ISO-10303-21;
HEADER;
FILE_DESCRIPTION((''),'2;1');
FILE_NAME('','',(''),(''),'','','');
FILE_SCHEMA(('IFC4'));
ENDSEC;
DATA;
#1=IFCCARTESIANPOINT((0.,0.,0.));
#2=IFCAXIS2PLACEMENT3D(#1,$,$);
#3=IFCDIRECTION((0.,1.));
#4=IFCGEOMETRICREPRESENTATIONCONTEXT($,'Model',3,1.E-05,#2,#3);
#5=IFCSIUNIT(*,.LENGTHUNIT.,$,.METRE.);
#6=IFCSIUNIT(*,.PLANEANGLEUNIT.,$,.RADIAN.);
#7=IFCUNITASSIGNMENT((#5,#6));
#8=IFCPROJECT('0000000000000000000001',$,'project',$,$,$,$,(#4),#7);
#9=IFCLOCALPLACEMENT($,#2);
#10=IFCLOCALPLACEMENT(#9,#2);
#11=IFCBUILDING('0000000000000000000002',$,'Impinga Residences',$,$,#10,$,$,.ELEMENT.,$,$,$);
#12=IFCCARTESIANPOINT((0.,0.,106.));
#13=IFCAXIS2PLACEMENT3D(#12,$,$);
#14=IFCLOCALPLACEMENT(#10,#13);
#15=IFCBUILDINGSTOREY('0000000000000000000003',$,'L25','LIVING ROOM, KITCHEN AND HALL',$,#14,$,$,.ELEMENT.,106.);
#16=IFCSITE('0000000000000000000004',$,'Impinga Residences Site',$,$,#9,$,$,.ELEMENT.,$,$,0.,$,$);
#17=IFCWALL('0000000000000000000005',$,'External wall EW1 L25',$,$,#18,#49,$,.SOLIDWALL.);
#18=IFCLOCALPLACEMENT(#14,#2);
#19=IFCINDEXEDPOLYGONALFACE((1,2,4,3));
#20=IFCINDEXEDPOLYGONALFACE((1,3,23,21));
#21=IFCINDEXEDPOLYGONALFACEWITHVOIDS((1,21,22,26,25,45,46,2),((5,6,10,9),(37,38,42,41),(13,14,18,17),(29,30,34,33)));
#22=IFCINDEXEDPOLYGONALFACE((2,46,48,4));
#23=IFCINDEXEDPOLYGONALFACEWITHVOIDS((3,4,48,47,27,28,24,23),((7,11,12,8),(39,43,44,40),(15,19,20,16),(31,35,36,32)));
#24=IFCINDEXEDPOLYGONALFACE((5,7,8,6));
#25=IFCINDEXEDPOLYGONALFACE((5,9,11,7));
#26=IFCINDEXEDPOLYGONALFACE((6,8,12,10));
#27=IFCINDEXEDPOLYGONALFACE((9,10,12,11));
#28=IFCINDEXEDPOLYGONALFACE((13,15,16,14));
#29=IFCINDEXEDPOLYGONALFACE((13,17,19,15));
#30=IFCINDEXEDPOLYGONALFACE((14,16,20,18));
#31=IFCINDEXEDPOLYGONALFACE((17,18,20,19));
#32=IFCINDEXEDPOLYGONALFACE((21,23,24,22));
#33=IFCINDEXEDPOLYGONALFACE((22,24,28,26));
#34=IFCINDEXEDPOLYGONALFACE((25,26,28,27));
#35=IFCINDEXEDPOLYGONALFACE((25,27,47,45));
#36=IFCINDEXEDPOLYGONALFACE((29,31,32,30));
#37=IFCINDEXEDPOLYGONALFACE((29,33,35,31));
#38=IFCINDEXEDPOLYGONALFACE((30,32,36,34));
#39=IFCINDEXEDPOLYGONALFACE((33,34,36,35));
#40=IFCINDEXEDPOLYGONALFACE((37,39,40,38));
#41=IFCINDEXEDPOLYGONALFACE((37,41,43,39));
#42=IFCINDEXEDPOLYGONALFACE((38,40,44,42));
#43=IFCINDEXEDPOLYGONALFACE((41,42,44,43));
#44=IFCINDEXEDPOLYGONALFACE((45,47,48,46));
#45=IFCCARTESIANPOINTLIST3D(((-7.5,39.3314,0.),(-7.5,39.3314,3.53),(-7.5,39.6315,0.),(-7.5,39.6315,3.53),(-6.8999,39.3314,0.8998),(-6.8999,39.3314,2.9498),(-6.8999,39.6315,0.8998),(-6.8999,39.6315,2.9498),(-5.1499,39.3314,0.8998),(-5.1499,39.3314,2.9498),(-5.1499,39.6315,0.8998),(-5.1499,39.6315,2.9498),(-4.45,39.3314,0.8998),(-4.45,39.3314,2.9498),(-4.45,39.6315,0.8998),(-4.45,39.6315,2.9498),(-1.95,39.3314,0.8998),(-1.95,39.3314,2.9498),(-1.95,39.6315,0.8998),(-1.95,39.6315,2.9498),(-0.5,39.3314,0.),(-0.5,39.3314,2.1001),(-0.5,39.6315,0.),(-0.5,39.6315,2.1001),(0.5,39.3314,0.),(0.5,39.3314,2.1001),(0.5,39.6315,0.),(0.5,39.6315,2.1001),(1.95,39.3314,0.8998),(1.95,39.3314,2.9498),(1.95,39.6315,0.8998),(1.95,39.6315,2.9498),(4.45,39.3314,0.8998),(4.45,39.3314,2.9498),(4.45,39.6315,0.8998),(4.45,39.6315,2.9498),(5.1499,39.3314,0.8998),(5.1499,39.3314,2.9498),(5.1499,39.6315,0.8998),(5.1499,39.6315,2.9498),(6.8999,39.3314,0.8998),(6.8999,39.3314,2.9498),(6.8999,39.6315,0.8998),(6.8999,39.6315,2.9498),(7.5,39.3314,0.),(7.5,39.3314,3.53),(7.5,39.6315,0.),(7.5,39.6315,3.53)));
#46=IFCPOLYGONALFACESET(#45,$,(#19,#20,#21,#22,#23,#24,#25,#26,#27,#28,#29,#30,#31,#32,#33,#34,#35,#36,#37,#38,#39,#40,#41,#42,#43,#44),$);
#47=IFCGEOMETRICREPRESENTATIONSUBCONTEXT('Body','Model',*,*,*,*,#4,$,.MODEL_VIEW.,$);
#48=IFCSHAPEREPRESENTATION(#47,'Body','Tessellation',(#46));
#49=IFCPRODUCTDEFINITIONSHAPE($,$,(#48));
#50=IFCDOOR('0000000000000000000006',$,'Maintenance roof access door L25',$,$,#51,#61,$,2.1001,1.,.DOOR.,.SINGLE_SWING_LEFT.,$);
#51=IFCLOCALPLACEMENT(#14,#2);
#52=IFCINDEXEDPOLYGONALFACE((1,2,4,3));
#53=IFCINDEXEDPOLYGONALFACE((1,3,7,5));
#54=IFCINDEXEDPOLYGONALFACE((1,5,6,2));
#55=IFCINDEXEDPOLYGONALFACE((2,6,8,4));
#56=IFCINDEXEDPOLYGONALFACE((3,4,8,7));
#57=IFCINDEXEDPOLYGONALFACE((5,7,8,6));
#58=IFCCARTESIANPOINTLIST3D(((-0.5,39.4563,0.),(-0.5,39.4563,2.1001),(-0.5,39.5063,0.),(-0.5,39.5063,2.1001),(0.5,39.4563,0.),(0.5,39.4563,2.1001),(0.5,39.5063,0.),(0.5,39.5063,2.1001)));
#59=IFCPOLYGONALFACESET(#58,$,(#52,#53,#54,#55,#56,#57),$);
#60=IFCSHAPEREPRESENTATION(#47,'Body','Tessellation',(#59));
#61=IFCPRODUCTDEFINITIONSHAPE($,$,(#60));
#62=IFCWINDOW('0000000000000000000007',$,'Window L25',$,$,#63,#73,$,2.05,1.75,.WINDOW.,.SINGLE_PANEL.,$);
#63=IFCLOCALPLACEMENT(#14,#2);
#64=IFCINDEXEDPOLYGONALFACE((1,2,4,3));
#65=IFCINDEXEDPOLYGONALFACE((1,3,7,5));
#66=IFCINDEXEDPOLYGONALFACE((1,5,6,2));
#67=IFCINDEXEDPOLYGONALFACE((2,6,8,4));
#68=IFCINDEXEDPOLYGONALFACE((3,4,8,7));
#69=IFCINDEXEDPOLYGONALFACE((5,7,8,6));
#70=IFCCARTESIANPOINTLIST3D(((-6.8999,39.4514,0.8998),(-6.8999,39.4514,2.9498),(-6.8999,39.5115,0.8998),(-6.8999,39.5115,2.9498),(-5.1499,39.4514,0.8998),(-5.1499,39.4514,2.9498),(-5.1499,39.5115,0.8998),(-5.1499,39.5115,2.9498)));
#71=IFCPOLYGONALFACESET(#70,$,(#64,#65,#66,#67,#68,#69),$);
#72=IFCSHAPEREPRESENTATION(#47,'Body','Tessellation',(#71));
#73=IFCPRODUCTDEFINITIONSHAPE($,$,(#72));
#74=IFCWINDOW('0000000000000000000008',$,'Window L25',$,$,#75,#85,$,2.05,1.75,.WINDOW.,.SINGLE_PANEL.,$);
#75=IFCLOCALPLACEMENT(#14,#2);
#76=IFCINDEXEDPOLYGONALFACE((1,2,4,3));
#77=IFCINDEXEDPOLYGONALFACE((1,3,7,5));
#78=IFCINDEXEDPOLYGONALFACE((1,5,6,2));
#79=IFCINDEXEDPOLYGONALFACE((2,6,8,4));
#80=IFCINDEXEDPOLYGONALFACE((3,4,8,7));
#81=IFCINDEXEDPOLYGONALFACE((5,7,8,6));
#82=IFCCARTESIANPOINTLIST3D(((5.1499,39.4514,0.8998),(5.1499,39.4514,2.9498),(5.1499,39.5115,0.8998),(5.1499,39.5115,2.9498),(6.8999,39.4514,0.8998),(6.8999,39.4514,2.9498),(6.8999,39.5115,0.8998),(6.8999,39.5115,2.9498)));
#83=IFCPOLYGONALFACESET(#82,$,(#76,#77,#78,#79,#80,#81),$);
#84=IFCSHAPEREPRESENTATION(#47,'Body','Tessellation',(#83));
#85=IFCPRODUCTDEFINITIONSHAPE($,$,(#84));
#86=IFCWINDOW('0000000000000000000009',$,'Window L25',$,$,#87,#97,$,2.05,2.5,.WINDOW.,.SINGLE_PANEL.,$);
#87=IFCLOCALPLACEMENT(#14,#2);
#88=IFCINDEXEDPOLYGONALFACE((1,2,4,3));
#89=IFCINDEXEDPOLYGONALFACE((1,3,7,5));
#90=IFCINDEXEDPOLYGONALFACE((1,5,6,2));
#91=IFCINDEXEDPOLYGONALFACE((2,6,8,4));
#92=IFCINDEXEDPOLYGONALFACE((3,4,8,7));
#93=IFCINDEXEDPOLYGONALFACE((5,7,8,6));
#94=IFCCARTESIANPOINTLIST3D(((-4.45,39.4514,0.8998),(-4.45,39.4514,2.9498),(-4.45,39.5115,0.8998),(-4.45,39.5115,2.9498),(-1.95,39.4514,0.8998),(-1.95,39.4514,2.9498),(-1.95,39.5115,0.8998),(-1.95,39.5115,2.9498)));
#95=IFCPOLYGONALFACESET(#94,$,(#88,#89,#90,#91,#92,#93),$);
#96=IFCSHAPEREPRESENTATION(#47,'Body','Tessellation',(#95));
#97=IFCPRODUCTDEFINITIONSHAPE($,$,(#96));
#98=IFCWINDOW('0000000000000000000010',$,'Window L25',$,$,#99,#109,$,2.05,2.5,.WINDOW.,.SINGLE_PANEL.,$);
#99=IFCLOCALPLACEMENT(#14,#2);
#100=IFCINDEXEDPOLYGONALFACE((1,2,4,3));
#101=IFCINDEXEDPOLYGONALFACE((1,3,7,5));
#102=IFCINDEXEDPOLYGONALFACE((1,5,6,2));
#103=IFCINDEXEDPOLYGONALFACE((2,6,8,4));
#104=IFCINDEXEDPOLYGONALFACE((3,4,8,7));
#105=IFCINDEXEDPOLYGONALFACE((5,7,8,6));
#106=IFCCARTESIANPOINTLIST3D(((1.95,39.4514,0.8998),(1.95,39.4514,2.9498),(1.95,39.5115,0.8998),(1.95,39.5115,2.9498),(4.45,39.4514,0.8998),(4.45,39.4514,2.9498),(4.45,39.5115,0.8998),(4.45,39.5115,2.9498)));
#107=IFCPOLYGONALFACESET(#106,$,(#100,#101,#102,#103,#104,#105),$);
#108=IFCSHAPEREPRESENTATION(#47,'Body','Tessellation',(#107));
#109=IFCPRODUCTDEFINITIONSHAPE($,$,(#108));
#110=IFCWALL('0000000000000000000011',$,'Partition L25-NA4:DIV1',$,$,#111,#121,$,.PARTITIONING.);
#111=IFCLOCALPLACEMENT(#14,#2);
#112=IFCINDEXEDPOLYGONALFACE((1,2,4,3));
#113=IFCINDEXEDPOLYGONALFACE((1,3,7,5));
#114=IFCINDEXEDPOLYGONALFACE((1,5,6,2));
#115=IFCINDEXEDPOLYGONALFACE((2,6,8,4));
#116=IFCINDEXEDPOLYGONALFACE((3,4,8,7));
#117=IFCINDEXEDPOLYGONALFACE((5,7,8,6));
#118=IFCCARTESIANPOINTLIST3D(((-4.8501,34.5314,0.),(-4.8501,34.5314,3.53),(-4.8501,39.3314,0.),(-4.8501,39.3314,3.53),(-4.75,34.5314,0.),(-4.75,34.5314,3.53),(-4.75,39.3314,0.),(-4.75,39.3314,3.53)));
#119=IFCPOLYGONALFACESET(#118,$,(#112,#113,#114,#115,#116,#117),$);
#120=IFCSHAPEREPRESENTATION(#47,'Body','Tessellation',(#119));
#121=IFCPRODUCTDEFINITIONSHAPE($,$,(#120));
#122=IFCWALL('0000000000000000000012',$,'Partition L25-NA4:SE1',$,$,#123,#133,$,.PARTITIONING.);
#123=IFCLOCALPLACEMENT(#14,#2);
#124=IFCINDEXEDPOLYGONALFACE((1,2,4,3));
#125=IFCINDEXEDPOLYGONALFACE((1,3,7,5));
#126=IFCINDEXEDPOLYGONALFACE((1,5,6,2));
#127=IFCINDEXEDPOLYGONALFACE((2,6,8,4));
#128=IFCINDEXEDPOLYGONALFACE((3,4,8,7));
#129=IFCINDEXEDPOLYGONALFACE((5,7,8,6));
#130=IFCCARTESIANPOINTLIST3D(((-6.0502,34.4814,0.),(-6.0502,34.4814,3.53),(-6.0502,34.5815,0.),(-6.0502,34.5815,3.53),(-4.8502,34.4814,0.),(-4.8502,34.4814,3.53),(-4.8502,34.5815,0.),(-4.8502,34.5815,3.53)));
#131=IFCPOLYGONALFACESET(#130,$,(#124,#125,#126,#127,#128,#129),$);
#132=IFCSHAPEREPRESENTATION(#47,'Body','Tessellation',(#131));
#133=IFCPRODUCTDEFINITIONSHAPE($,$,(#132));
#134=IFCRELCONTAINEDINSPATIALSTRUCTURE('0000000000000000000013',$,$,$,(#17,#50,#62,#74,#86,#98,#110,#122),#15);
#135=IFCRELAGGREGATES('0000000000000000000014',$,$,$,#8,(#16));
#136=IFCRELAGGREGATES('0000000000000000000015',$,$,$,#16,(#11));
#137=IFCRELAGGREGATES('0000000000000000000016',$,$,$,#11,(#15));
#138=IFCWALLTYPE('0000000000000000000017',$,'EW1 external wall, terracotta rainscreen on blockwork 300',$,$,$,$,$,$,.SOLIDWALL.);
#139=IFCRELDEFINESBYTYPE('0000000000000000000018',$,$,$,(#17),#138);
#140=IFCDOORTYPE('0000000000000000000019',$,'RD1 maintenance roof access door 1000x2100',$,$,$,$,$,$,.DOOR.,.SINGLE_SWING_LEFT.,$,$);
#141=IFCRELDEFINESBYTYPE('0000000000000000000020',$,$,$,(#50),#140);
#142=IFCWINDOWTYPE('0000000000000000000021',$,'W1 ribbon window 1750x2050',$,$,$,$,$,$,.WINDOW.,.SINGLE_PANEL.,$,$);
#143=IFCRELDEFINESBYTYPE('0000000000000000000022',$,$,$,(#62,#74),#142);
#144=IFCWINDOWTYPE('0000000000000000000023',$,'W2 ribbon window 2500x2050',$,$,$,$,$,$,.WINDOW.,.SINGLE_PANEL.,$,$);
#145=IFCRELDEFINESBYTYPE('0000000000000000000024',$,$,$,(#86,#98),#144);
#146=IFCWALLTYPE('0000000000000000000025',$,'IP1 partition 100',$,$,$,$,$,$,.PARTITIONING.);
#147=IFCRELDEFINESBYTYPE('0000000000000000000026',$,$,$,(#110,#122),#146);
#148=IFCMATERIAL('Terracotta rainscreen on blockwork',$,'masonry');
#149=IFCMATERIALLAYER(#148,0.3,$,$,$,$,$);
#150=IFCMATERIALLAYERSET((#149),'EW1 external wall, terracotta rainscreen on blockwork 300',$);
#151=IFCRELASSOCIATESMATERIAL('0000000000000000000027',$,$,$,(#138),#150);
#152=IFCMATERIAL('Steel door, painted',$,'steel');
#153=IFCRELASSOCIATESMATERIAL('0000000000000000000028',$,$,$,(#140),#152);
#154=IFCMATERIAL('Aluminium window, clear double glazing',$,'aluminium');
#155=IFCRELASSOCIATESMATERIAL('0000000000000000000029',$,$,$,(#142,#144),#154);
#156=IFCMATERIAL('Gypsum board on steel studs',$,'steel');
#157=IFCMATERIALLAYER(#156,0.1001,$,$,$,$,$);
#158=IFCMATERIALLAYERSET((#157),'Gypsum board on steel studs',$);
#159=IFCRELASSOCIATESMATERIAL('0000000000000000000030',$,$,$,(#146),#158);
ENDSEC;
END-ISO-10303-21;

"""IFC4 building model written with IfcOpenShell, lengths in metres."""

from ifc_helpers import new_model, si_unit, direction, frame, frame_2d, origin, place, context, subcontext, project, spatial, rectangle, extrude, material, layer, layer_set, type_object, element, fill, save


model = new_model("IFC4")

# Units and contexts
model_context = context("Model", 3, precision=1e-05, world=origin(), true_north=direction((0.0, 1.0)))
body_context = subcontext(model_context, "Body", "Model", "MODEL_VIEW")
ifc_project = project(units=[si_unit("LENGTHUNIT", "METRE"), si_unit("PLANEANGLEUNIT", "RADIAN")], contexts=[model_context])

# Site, building, storey
site_placement = place(None, origin())
site = spatial("IfcSite", under=ifc_project, at=site_placement, Name="Impinga Residences Site", CompositionType="ELEMENT", RefElevation=0.0)
building_placement = place(site_placement, origin())
building = spatial("IfcBuilding", under=site, at=building_placement, Name="Impinga Residences", CompositionType="ELEMENT")
storey_placement = place(building_placement, frame((0.0, 0.0, 106.0)))
storey = spatial("IfcBuildingStorey", under=building, at=storey_placement, Name="L25", Description="LIVING ROOM, KITCHEN AND HALL", CompositionType="ELEMENT", Elevation=106.0)

# Shared definitions
ifc_material_1 = material(Name="Terracotta rainscreen on blockwork", Category="masonry")
ifc_layer_1 = layer(ifc_material_1, 0.3)
ifc_layer_set_1 = layer_set([ifc_layer_1], Name="EW1 external wall, terracotta rainscreen on blockwork 300")
wall_type_1 = type_object("IfcWallType", Name="EW1 external wall, terracotta rainscreen on blockwork 300", PredefinedType="SOLIDWALL", material=ifc_layer_set_1)

# Wall, openings, door, windows
wall_1_placement = place(storey_placement, frame((-7.5, 39.4814, 0.0), z_axis=(0.0, 0.0, 1.0), x_axis=(1.0, 0.0, 0.0)))
wall_1 = element("IfcWall", 1, at=wall_1_placement, inside=storey, type_object=wall_type_1, Name="External wall EW1 L25", PredefinedType="SOLIDWALL", context=body_context, shape_type="SweptSolid", body=[
    extrude(rectangle(XDim=15.0, YDim=0.3, at=frame_2d((7.5, 0.0))), origin(), (0.0, 0.0, 1.0), 3.53),
])
opening_1_placement = place(wall_1_placement, frame((7.0, 0.0, 0.0)))
opening_1 = element("IfcOpeningElement", 2, at=opening_1_placement, cuts=wall_1, PredefinedType="OPENING", context=body_context, shape_type="SweptSolid", body=[
    extrude(rectangle(XDim=1.0, YDim=2.1001, at=frame_2d((0.5, 1.05))), frame((0.0, 0.1599, 0.0), z_axis=(0.0, -1.0, 0.0), x_axis=(1.0, 0.0, 0.0)), (0.0, 0.0, 1.0), 0.3201),
])
opening_2_placement = place(wall_1_placement, frame((0.6001, 0.0, 0.8999)))
opening_2 = element("IfcOpeningElement", 3, at=opening_2_placement, cuts=wall_1, PredefinedType="OPENING", context=body_context, shape_type="SweptSolid", body=[
    extrude(rectangle(XDim=1.75, YDim=2.05, at=frame_2d((0.875, 1.0249))), frame((0.0, 0.1599, 0.0), z_axis=(0.0, -1.0, 0.0), x_axis=(1.0, 0.0, 0.0)), (0.0, 0.0, 1.0), 0.3201),
])
opening_3_placement = place(wall_1_placement, frame((3.05, 0.0, 0.8999)))
opening_3 = element("IfcOpeningElement", 4, at=opening_3_placement, cuts=wall_1, PredefinedType="OPENING", context=body_context, shape_type="SweptSolid", body=[
    extrude(rectangle(XDim=2.5, YDim=2.05, at=frame_2d((1.25, 1.0249))), frame((0.0, 0.1599, 0.0), z_axis=(0.0, -1.0, 0.0), x_axis=(1.0, 0.0, 0.0)), (0.0, 0.0, 1.0), 0.3201),
])
opening_4_placement = place(wall_1_placement, frame((9.45, 0.0, 0.8999)))
opening_4 = element("IfcOpeningElement", 5, at=opening_4_placement, cuts=wall_1, PredefinedType="OPENING", context=body_context, shape_type="SweptSolid", body=[
    extrude(rectangle(XDim=2.5, YDim=2.05, at=frame_2d((1.25, 1.0249))), frame((0.0, 0.1599, 0.0), z_axis=(0.0, -1.0, 0.0), x_axis=(1.0, 0.0, 0.0)), (0.0, 0.0, 1.0), 0.3201),
])
opening_5_placement = place(wall_1_placement, frame((12.6499, 0.0, 0.8999)))
opening_5 = element("IfcOpeningElement", 6, at=opening_5_placement, cuts=wall_1, PredefinedType="OPENING", context=body_context, shape_type="SweptSolid", body=[
    extrude(rectangle(XDim=1.75, YDim=2.05, at=frame_2d((0.875, 1.0249))), frame((0.0, 0.1599, 0.0), z_axis=(0.0, -1.0, 0.0), x_axis=(1.0, 0.0, 0.0)), (0.0, 0.0, 1.0), 0.3201),
])
ifc_material_2 = material(Name="Steel door, painted", Category="steel")
door_type_1 = type_object("IfcDoorType", Name="RD1 maintenance roof access door 1000x2100", OperationType="SINGLE_SWING_LEFT", PredefinedType="DOOR", material=ifc_material_2)
door_1_placement = place(opening_1_placement, origin())
door_1 = element("IfcDoor", 7, at=door_1_placement, inside=storey, type_object=door_type_1, Name="Maintenance roof access door L25", OperationType="SINGLE_SWING_LEFT", OverallHeight=2.1001, OverallWidth=1.0, PredefinedType="DOOR", context=body_context, shape_type="SweptSolid", body=[
    extrude(rectangle(XDim=1.0, YDim=2.1001, at=frame_2d((0.5, 1.05))), frame((0.0, 0.0249, 0.0), z_axis=(0.0, -1.0, 0.0), x_axis=(1.0, 0.0, 0.0)), (0.0, 0.0, 1.0), 0.05),
])
fill(opening_1, door_1)
ifc_material_3 = material(Name="Aluminium window, clear double glazing", Category="aluminium")
window_type_1 = type_object("IfcWindowType", Name="W1 ribbon window 1750x2050", PartitioningType="SINGLE_PANEL", PredefinedType="WINDOW", material=ifc_material_3)
window_1_placement = place(opening_2_placement, origin())
window_1 = element("IfcWindow", 8, at=window_1_placement, inside=storey, type_object=window_type_1, Name="Window L25", OverallHeight=2.05, OverallWidth=1.75, PartitioningType="SINGLE_PANEL", PredefinedType="WINDOW", context=body_context, shape_type="SweptSolid", body=[
    extrude(rectangle(XDim=1.75, YDim=2.05, at=frame_2d((0.875, 1.0249))), frame((0.0, 0.03, 0.0), z_axis=(0.0, -1.0, 0.0), x_axis=(1.0, 0.0, 0.0)), (0.0, 0.0, 1.0), 0.0601),
])
fill(opening_2, window_1)
window_2_placement = place(opening_5_placement, origin())
window_2 = element("IfcWindow", 9, at=window_2_placement, inside=storey, type_object=window_type_1, Name="Window L25", OverallHeight=2.05, OverallWidth=1.75, PartitioningType="SINGLE_PANEL", PredefinedType="WINDOW", context=body_context, shape_type="SweptSolid", body=[
    extrude(rectangle(XDim=1.75, YDim=2.05, at=frame_2d((0.875, 1.0249))), frame((0.0, 0.03, 0.0), z_axis=(0.0, -1.0, 0.0), x_axis=(1.0, 0.0, 0.0)), (0.0, 0.0, 1.0), 0.0601),
])
fill(opening_5, window_2)
window_type_2 = type_object("IfcWindowType", Name="W2 ribbon window 2500x2050", PartitioningType="SINGLE_PANEL", PredefinedType="WINDOW", material=ifc_material_3)
window_3_placement = place(opening_3_placement, origin())
window_3 = element("IfcWindow", 10, at=window_3_placement, inside=storey, type_object=window_type_2, Name="Window L25", OverallHeight=2.05, OverallWidth=2.5, PartitioningType="SINGLE_PANEL", PredefinedType="WINDOW", context=body_context, shape_type="SweptSolid", body=[
    extrude(rectangle(XDim=2.5, YDim=2.05, at=frame_2d((1.25, 1.0249))), frame((0.0, 0.03, 0.0), z_axis=(0.0, -1.0, 0.0), x_axis=(1.0, 0.0, 0.0)), (0.0, 0.0, 1.0), 0.0601),
])
fill(opening_3, window_3)
window_4_placement = place(opening_4_placement, origin())
window_4 = element("IfcWindow", 11, at=window_4_placement, inside=storey, type_object=window_type_2, Name="Window L25", OverallHeight=2.05, OverallWidth=2.5, PartitioningType="SINGLE_PANEL", PredefinedType="WINDOW", context=body_context, shape_type="SweptSolid", body=[
    extrude(rectangle(XDim=2.5, YDim=2.05, at=frame_2d((1.25, 1.0249))), frame((0.0, 0.03, 0.0), z_axis=(0.0, -1.0, 0.0), x_axis=(1.0, 0.0, 0.0)), (0.0, 0.0, 1.0), 0.0601),
])
fill(opening_4, window_4)

# Walls
ifc_material_4 = material(Name="Gypsum board on steel studs", Category="steel")
ifc_layer_2 = layer(ifc_material_4, 0.1001)
ifc_layer_set_2 = layer_set([ifc_layer_2], Name="Gypsum board on steel studs")
wall_type_2 = type_object("IfcWallType", Name="IP1 partition 100", PredefinedType="PARTITIONING", material=ifc_layer_set_2)
wall_2_placement = place(storey_placement, frame((-4.8, 34.5315, 0.0), z_axis=(0.0, 0.0, 1.0), x_axis=(0.0, 1.0, 0.0)))
element("IfcWall", 12, at=wall_2_placement, inside=storey, type_object=wall_type_2, Name="Partition L25-NA4:DIV1", PredefinedType="PARTITIONING", context=body_context, shape_type="SweptSolid", body=[
    extrude(rectangle(XDim=4.8, YDim=0.1001, at=frame_2d((2.3999, 0.0))), origin(), (0.0, 0.0, 1.0), 3.53),
])
wall_3_placement = place(storey_placement, frame((-4.8501, 34.5315, 0.0), z_axis=(0.0, 0.0, 1.0), x_axis=(-1.0, 0.0, 0.0)))
element("IfcWall", 13, at=wall_3_placement, inside=storey, type_object=wall_type_2, Name="Partition L25-NA4:SE1", PredefinedType="PARTITIONING", context=body_context, shape_type="SweptSolid", body=[
    extrude(rectangle(XDim=1.2, YDim=0.1001, at=frame_2d((0.6001, 0.0))), origin(), (0.0, 0.0, 1.0), 3.53),
])

save(model, "model.ifc")
